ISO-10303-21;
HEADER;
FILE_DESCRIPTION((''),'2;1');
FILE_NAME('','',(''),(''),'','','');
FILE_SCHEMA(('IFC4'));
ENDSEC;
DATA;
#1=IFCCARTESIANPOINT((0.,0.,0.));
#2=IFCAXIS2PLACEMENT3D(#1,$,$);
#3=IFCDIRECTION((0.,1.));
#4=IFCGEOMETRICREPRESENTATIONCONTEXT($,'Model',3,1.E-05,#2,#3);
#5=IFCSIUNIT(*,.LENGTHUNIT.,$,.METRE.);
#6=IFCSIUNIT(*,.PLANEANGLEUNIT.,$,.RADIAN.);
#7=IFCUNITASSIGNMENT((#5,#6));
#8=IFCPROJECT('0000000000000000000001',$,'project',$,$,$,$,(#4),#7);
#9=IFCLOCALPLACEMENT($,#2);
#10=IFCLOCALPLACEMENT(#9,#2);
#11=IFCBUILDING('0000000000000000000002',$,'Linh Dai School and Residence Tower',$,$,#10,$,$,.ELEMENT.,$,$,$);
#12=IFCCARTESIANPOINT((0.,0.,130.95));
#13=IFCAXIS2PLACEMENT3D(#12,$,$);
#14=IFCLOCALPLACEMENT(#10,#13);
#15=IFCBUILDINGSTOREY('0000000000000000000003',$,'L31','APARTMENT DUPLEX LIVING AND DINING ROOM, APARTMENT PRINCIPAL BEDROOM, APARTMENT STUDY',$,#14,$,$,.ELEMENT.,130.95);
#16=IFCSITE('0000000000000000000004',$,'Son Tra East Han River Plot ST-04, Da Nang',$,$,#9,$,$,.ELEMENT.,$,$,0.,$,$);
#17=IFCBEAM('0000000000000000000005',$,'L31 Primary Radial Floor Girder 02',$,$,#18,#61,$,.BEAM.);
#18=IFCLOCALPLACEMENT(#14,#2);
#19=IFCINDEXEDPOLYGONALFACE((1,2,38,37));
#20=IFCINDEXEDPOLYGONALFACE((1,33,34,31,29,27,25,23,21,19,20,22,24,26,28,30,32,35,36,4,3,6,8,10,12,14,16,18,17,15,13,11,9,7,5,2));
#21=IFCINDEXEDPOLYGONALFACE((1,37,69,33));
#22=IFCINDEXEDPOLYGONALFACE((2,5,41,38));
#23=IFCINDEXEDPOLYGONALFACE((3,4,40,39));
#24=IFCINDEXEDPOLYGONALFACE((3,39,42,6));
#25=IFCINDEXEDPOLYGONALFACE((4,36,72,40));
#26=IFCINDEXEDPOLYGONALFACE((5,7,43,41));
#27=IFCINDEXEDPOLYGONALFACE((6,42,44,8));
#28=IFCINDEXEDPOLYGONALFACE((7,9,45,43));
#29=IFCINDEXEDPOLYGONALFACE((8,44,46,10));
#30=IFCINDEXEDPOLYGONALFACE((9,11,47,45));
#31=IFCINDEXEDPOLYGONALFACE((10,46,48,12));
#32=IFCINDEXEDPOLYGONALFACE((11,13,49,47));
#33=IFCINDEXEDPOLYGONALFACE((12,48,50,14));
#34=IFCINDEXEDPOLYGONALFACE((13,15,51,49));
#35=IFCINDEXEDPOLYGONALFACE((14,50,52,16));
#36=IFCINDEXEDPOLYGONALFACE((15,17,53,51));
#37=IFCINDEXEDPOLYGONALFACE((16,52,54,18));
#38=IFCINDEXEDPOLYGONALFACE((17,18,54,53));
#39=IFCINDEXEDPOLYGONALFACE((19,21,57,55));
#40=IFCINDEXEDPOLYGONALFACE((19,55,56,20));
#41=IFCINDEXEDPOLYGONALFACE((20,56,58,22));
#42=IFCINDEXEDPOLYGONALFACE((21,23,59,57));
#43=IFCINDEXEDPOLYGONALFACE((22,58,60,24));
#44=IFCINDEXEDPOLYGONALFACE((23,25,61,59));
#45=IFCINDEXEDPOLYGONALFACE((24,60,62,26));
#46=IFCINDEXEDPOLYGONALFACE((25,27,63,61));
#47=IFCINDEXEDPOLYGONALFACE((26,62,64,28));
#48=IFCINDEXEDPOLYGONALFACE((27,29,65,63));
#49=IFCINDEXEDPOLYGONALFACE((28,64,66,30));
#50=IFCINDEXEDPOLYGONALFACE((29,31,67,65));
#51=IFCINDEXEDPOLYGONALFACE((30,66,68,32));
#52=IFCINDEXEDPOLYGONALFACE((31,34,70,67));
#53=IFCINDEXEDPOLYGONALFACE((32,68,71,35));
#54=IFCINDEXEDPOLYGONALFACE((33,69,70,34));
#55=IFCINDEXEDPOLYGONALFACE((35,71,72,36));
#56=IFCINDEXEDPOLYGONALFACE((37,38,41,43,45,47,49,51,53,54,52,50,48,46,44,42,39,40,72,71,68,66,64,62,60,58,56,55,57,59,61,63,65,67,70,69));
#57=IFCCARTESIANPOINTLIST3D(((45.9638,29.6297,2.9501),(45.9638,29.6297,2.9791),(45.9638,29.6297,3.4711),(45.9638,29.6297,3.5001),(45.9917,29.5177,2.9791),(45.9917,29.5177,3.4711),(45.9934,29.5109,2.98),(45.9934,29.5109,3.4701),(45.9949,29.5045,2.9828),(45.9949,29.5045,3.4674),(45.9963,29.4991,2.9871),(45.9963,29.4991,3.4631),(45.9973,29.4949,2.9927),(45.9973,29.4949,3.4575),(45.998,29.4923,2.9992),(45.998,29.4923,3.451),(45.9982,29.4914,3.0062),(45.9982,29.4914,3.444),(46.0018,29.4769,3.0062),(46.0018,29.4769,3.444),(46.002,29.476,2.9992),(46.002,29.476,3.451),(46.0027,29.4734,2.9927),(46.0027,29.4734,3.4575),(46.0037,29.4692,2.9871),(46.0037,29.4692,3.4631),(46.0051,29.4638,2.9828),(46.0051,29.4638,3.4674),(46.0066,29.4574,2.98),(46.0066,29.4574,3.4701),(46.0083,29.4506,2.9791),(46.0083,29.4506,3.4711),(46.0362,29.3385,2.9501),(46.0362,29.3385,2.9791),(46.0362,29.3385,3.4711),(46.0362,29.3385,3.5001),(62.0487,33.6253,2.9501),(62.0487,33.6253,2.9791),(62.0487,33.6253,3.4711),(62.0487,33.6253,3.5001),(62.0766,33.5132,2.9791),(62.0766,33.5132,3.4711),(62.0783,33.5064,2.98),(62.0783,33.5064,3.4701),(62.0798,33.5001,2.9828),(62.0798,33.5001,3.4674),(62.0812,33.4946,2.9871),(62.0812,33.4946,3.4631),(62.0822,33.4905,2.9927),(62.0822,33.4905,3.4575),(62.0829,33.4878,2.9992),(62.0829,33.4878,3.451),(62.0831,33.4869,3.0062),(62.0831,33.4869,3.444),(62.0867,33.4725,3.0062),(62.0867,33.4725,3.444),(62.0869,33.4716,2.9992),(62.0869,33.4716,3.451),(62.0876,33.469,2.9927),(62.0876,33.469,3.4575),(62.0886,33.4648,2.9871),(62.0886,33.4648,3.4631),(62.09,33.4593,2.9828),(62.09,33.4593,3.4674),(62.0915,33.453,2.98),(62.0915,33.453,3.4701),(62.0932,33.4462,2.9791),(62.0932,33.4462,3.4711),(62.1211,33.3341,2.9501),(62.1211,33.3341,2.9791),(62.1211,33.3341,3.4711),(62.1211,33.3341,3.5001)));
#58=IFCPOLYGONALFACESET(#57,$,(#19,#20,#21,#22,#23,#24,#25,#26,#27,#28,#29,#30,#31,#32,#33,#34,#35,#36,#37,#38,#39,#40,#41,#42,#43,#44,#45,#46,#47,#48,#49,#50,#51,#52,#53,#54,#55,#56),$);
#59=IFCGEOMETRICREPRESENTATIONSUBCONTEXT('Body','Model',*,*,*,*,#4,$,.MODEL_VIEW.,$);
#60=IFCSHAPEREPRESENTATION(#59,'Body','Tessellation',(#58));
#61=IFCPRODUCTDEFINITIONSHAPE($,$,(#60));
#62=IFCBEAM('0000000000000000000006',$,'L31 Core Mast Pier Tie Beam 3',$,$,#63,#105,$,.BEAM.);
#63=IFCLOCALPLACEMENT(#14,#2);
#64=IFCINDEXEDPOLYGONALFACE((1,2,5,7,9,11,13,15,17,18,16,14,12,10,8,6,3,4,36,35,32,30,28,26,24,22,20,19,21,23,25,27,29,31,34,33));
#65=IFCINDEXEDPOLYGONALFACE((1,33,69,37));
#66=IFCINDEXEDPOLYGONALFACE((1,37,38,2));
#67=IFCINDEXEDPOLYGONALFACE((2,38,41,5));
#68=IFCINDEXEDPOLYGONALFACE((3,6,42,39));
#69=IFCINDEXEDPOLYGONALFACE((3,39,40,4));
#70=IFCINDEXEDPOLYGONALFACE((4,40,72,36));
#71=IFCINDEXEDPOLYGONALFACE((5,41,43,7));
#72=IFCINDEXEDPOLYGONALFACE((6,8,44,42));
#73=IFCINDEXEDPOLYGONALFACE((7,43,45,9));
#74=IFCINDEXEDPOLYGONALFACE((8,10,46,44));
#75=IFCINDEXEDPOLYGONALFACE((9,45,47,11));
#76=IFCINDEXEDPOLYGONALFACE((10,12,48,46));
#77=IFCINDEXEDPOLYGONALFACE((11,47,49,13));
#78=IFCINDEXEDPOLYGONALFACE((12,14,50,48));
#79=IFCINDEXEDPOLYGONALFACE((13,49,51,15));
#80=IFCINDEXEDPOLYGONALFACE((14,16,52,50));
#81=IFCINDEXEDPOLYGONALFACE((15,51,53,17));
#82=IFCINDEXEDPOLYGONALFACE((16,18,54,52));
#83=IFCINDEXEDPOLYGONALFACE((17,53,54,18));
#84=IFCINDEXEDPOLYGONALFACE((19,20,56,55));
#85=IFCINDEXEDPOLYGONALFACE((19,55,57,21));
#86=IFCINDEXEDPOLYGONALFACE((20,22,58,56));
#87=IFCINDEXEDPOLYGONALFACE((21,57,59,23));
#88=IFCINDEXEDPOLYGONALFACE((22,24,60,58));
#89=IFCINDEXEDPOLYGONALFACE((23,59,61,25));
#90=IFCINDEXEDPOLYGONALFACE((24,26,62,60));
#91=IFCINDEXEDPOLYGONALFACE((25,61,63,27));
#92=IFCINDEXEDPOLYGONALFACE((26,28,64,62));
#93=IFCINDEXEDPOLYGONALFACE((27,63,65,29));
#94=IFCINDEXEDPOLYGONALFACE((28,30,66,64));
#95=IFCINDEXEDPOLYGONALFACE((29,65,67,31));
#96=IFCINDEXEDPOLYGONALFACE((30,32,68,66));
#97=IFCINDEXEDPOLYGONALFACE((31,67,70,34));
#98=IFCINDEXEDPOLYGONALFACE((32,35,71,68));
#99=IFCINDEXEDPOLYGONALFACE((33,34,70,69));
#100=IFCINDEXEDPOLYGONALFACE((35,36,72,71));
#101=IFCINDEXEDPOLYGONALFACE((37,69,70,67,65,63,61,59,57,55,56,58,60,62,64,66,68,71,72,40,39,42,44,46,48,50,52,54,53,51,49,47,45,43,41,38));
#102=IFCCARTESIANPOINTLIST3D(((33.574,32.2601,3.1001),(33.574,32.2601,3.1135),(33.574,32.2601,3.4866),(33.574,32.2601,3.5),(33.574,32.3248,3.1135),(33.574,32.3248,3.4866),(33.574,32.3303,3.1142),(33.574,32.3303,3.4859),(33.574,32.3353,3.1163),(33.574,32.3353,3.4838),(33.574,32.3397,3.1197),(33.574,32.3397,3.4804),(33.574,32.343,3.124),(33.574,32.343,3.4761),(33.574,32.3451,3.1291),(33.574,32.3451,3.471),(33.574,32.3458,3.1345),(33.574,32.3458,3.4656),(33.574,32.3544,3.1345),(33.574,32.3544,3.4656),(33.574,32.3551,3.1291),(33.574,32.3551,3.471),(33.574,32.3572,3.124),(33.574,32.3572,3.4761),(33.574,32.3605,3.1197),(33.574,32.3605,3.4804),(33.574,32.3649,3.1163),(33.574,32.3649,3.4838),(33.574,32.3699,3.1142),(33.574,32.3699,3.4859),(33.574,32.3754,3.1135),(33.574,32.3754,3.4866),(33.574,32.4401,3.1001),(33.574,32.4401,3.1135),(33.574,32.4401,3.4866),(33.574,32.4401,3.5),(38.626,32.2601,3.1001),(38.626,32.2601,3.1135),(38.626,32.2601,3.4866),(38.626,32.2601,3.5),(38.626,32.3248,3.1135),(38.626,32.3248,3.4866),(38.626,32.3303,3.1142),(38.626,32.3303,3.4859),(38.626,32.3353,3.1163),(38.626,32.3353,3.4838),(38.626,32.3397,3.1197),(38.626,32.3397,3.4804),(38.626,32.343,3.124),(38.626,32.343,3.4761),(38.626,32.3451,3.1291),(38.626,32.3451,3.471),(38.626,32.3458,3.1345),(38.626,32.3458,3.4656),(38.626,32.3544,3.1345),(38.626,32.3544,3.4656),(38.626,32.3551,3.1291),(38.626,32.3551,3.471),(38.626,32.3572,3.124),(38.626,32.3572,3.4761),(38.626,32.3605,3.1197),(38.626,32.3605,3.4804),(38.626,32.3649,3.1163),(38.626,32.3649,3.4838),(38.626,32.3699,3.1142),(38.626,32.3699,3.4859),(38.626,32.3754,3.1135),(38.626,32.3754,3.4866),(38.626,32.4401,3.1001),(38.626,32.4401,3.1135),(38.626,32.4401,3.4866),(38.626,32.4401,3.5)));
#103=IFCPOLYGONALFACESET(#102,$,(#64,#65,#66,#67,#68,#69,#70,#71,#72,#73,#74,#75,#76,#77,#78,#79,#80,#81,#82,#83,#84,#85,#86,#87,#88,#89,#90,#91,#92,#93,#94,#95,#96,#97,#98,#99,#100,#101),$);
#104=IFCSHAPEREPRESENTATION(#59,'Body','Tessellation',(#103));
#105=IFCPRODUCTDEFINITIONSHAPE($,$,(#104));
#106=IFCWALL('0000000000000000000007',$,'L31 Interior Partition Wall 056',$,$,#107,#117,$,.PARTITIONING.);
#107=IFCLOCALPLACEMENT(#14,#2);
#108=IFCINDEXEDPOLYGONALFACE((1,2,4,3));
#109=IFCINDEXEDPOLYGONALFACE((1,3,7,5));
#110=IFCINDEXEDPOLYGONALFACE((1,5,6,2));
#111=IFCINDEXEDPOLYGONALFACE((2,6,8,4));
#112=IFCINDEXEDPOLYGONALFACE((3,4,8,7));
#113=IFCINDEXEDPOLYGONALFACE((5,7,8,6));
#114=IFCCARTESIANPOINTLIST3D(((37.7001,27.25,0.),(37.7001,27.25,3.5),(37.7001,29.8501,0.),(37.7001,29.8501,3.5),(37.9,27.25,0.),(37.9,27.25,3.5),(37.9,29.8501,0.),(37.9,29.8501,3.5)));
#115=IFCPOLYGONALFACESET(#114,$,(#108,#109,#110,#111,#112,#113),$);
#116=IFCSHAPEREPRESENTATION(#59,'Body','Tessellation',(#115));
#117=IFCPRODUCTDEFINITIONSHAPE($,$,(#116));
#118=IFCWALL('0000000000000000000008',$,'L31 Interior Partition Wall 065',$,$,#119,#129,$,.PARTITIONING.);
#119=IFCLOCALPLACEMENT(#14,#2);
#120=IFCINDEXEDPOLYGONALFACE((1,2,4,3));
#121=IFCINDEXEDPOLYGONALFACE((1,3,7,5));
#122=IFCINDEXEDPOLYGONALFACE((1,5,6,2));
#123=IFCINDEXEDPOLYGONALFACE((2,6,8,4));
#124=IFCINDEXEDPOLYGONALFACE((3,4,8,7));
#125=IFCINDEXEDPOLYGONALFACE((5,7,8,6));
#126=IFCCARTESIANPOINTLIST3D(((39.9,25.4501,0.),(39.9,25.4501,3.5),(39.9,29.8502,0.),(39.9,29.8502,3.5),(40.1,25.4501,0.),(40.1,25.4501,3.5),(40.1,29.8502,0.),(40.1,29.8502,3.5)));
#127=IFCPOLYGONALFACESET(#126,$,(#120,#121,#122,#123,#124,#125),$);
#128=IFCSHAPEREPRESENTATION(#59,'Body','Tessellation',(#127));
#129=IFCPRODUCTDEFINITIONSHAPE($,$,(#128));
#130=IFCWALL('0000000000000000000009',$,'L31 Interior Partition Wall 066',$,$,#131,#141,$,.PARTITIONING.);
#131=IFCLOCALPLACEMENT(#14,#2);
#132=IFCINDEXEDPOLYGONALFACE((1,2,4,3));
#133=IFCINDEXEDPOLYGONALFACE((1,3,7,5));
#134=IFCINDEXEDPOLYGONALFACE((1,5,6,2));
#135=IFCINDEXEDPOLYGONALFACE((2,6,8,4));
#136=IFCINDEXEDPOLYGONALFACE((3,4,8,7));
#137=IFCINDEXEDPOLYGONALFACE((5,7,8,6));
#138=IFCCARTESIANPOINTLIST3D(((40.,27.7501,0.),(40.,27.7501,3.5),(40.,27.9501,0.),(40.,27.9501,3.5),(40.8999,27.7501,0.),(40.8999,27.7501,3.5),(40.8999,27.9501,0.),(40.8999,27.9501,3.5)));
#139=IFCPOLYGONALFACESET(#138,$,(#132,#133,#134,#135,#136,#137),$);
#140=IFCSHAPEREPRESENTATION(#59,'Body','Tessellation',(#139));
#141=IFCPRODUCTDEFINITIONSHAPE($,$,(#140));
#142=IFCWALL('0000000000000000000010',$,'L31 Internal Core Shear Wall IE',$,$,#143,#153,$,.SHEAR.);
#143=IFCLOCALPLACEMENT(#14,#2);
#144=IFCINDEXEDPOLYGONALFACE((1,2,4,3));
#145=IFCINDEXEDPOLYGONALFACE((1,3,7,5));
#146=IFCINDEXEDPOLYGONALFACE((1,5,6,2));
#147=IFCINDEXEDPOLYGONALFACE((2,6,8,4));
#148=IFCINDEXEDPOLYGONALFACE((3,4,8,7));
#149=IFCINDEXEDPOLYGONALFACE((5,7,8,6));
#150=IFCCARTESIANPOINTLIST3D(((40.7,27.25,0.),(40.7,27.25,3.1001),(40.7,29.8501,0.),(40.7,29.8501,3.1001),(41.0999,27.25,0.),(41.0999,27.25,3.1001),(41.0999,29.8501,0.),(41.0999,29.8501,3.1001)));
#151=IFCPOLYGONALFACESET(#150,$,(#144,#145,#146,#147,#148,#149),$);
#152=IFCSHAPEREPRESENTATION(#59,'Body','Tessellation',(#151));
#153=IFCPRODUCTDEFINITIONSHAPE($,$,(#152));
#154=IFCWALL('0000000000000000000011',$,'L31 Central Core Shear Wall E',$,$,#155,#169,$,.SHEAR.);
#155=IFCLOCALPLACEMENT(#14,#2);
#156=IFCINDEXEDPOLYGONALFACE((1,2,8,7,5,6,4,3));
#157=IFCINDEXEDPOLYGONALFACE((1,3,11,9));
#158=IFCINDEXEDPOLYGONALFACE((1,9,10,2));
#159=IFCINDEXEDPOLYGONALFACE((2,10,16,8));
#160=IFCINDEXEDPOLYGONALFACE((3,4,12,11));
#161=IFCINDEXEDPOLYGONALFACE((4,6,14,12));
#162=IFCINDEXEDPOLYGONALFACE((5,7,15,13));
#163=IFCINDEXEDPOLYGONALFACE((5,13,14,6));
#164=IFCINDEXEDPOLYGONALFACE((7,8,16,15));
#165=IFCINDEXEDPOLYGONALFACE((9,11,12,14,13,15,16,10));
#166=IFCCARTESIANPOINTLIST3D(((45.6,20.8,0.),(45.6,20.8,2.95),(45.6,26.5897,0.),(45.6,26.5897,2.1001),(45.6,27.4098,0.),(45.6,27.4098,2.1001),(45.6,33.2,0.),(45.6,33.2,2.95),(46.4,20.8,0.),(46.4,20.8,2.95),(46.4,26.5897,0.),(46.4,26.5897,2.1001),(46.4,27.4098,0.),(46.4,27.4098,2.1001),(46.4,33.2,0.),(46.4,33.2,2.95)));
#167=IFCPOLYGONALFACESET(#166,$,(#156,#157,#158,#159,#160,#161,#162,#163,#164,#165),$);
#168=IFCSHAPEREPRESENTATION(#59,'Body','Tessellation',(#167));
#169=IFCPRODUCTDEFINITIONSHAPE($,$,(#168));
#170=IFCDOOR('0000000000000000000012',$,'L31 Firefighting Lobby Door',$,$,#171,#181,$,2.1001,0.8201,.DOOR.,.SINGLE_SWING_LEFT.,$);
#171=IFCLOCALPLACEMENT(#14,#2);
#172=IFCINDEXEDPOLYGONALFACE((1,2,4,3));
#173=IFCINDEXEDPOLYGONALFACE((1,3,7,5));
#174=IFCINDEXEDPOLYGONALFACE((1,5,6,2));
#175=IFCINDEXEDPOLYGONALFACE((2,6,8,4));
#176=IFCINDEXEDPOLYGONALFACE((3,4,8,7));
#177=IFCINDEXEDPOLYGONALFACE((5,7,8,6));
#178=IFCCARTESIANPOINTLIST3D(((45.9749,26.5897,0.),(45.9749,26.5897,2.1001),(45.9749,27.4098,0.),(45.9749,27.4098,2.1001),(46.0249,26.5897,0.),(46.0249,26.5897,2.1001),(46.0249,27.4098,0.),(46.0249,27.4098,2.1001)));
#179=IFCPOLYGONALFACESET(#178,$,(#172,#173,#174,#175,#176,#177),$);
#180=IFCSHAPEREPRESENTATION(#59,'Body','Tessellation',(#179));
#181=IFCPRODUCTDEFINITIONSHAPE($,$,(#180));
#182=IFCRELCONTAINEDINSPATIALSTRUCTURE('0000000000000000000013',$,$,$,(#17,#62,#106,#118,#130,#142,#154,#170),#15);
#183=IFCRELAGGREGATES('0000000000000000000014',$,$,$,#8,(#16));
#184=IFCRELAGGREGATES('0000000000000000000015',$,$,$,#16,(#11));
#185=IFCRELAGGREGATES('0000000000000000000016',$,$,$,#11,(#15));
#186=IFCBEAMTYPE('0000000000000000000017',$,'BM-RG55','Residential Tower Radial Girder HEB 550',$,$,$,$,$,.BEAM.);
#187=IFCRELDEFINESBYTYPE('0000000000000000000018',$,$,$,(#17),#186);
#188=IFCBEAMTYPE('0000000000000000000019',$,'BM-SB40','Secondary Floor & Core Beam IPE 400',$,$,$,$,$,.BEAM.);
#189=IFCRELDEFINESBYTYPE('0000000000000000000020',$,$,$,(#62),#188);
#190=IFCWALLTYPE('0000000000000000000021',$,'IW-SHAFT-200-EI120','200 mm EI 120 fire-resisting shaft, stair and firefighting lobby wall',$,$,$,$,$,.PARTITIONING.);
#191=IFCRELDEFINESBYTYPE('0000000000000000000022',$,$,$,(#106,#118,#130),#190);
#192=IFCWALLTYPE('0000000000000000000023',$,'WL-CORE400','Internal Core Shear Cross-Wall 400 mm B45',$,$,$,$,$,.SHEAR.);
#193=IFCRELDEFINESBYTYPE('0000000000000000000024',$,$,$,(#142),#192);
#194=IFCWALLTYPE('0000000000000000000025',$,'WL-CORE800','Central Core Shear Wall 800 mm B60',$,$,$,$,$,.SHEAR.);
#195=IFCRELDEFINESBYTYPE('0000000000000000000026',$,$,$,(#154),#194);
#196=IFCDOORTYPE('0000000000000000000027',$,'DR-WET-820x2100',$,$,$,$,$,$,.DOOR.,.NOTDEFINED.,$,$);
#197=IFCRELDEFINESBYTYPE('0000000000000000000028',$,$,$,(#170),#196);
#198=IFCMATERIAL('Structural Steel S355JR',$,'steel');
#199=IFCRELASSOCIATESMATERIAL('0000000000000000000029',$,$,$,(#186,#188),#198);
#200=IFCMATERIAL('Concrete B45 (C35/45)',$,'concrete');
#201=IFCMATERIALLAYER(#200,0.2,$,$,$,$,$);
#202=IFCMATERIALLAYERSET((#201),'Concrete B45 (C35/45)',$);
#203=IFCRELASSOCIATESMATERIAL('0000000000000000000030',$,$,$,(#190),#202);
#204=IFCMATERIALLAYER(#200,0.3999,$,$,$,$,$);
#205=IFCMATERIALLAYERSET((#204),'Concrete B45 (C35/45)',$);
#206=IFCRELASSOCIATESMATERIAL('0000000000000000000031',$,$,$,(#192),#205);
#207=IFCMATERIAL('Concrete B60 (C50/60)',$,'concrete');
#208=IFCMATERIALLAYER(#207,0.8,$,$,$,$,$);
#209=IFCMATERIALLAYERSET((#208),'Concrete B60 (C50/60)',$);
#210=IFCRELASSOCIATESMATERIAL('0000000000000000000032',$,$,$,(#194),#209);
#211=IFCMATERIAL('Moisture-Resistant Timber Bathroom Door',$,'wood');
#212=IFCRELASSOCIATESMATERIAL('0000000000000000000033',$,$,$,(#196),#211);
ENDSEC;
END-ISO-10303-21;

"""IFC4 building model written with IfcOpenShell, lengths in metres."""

from ifc_helpers import new_model, si_unit, direction, frame, frame_2d, origin, origin_2d, place, context, subcontext, project, spatial, rectangle, i_section, extrude, source, transform, mapped, material, layer, layer_set, material_profile, profile_set, type_object, element, fill, save


model = new_model("IFC4")

# Units and contexts
model_context = context("Model", 3, precision=1e-05, world=origin(), true_north=direction((0.0, 1.0)))
body_context = subcontext(model_context, "Body", "Model", "MODEL_VIEW")
ifc_project = project(units=[si_unit("LENGTHUNIT", "METRE"), si_unit("PLANEANGLEUNIT", "RADIAN")], contexts=[model_context])

# Site, building, storey
site_placement = place(None, origin())
site = spatial("IfcSite", under=ifc_project, at=site_placement, Name="Son Tra East Han River Plot ST-04, Da Nang", CompositionType="ELEMENT", RefElevation=0.0)
building_placement = place(site_placement, origin())
building = spatial("IfcBuilding", under=site, at=building_placement, Name="Linh Dai School and Residence Tower", CompositionType="ELEMENT")
storey_placement = place(building_placement, frame((0.0, 0.0, 130.95)))
storey = spatial("IfcBuildingStorey", under=building, at=storey_placement, Name="L31", Description="APARTMENT DUPLEX LIVING AND DINING ROOM, APARTMENT PRINCIPAL BEDROOM, APARTMENT STUDY", CompositionType="ELEMENT", Elevation=130.95)

# Shared definitions
ifc_material_1 = material(Name="Structural Steel S355JR", Category="steel")

# Beams
ifc_material_profile_1 = material_profile(ifc_material_1, i_section(OverallWidth=0.3, OverallDepth=0.55, WebThickness=0.0149, FlangeThickness=0.0291, FilletRadius=0.0271, at=origin_2d()), Name="HEB 550")
ifc_profile_set_1 = profile_set([ifc_material_profile_1], Name="Structural Steel S355JR")
beam_type_1 = type_object("IfcBeamType", Name="BM-RG55", Description="Residential Tower Radial Girder HEB 550", PredefinedType="BEAM", material=ifc_profile_set_1)
beam_1_placement = place(storey_placement, frame((46.0, 29.4841, 3.2251), z_axis=(0.970505, 0.24108, 0.0), x_axis=(-0.24108, 0.970505, 0.0)))
element("IfcBeam", 1, at=beam_1_placement, inside=storey, type_object=beam_type_1, Name="L31 Primary Radial Floor Girder 02", PredefinedType="BEAM", context=body_context, shape_type="SweptSolid", body=[
    extrude(i_section(OverallWidth=0.3, OverallDepth=0.55, WebThickness=0.0149, FlangeThickness=0.0291, FilletRadius=0.0271, at=origin_2d()), origin(), (0.0, 0.0, 1.0), 16.5737),
])
ifc_material_profile_2 = material_profile(ifc_material_1, i_section(OverallWidth=0.1799, OverallDepth=0.3999, WebThickness=0.0085, FlangeThickness=0.0134, FilletRadius=0.021, at=origin_2d()), Name="IPE 400")
ifc_profile_set_2 = profile_set([ifc_material_profile_2], Name="Structural Steel S355JR")
beam_type_2 = type_object("IfcBeamType", Name="BM-SB40", Description="Secondary Floor & Core Beam IPE 400", PredefinedType="BEAM", material=ifc_profile_set_2)
beam_2_placement = place(storey_placement, frame((38.626, 32.3501, 3.3), z_axis=(-1.0, 0.0, 0.0), x_axis=(0.0, -1.0, 0.0)))
element("IfcBeam", 2, at=beam_2_placement, inside=storey, type_object=beam_type_2, Name="L31 Core Mast Pier Tie Beam 3", PredefinedType="BEAM", context=body_context, shape_type="SweptSolid", body=[
    extrude(i_section(OverallWidth=0.1799, OverallDepth=0.3999, WebThickness=0.0085, FlangeThickness=0.0134, FilletRadius=0.021, at=origin_2d()), origin(), (0.0, 0.0, 1.0), 5.052),
])

# Walls
ifc_material_2 = material(Name="Concrete B45 (C35/45)", Category="concrete")
ifc_layer_1 = layer(ifc_material_2, 0.2)
ifc_layer_set_1 = layer_set([ifc_layer_1], Name="Concrete B45 (C35/45)")
wall_type_1 = type_object("IfcWallType", Name="IW-SHAFT-200-EI120", Description="200 mm EI 120 fire-resisting shaft, stair and firefighting lobby wall", PredefinedType="PARTITIONING", material=ifc_layer_set_1)
wall_1_placement = place(storey_placement, frame((37.8, 27.25, 0.0), z_axis=(0.0, 0.0, 1.0), x_axis=(0.0, 1.0, 0.0)))
element("IfcWall", 3, at=wall_1_placement, inside=storey, type_object=wall_type_1, Name="L31 Interior Partition Wall 056", PredefinedType="PARTITIONING", context=body_context, shape_type="SweptSolid", body=[
    extrude(rectangle(XDim=2.6001, YDim=0.2, at=frame_2d((1.3, 0.0))), origin(), (0.0, 0.0, 1.0), 3.5),
])
wall_2_placement = place(storey_placement, frame((40.0, 25.45, 0.0), z_axis=(0.0, 0.0, 1.0), x_axis=(0.0, 1.0, 0.0)))
element("IfcWall", 4, at=wall_2_placement, inside=storey, type_object=wall_type_1, Name="L31 Interior Partition Wall 065", PredefinedType="PARTITIONING", context=body_context, shape_type="SweptSolid", body=[
    extrude(rectangle(XDim=4.4001, YDim=0.2, at=frame_2d((2.2002, 0.0))), origin(), (0.0, 0.0, 1.0), 3.5),
])
wall_3_placement = place(storey_placement, frame((40.0, 27.8501, 0.0), z_axis=(0.0, 0.0, 1.0), x_axis=(1.0, 0.0, 0.0)))
element("IfcWall", 5, at=wall_3_placement, inside=storey, type_object=wall_type_1, Name="L31 Interior Partition Wall 066", PredefinedType="PARTITIONING", context=body_context, shape_type="SweptSolid", body=[
    extrude(rectangle(XDim=0.8999, YDim=0.2, at=frame_2d((0.45, 0.0))), origin(), (0.0, 0.0, 1.0), 3.5),
])
ifc_layer_2 = layer(ifc_material_2, 0.3999)
ifc_layer_set_2 = layer_set([ifc_layer_2], Name="Concrete B45 (C35/45)")
wall_type_2 = type_object("IfcWallType", Name="WL-CORE400", Description="Internal Core Shear Cross-Wall 400 mm B45", PredefinedType="SHEAR", material=ifc_layer_set_2)
wall_4_placement = place(storey_placement, frame((40.8999, 27.25, 0.0), z_axis=(0.0, 0.0, 1.0), x_axis=(0.0, 1.0, 0.0)))
element("IfcWall", 6, at=wall_4_placement, inside=storey, type_object=wall_type_2, Name="L31 Internal Core Shear Wall IE", PredefinedType="SHEAR", context=body_context, shape_type="SweptSolid", body=[
    extrude(rectangle(XDim=2.6001, YDim=0.3999, at=frame_2d((1.3, 0.0))), origin(), (0.0, 0.0, 1.0), 3.1001),
])

# Wall, opening, door
ifc_material_3 = material(Name="Concrete B60 (C50/60)", Category="concrete")
ifc_layer_3 = layer(ifc_material_3, 0.8)
ifc_layer_set_3 = layer_set([ifc_layer_3], Name="Concrete B60 (C50/60)")
wall_type_3 = type_object("IfcWallType", Name="WL-CORE800", Description="Central Core Shear Wall 800 mm B60", PredefinedType="SHEAR", material=ifc_layer_set_3)
wall_5_placement = place(storey_placement, frame((46.0, 33.2, 0.0), z_axis=(0.0, 0.0, 1.0), x_axis=(0.0, -1.0, 0.0)))
wall_5 = element("IfcWall", 7, at=wall_5_placement, inside=storey, type_object=wall_type_3, Name="L31 Central Core Shear Wall E", PredefinedType="SHEAR", context=body_context, shape_type="SweptSolid", body=[
    extrude(rectangle(XDim=12.3999, YDim=0.8, at=frame_2d((6.2, 0.0))), origin(), (0.0, 0.0, 1.0), 2.95),
])
opening_placement = place(wall_5_placement, frame((5.79, 0.0, 0.0)))
opening = element("IfcOpeningElement", 8, at=opening_placement, cuts=wall_5, PredefinedType="OPENING", context=body_context, shape_type="SweptSolid", body=[
    extrude(rectangle(XDim=0.8201, YDim=2.1001, at=origin_2d()), frame((0.4102, 0.4102, 1.05), z_axis=(0.0, -1.0, 0.0), x_axis=(1.0, 0.0, 0.0)), (0.0, 0.0, 1.0), 0.8201),
])
ifc_material_4 = material(Name="Moisture-Resistant Timber Bathroom Door", Category="wood")
door_type = type_object("IfcDoorType", Name="DR-WET-820x2100", OperationType="NOTDEFINED", PredefinedType="DOOR", material=ifc_material_4)
shared_shape_1 = source(origin(), body_context, "Body", "SweptSolid", [
    extrude(rectangle(XDim=0.8201, YDim=2.1001, at=origin_2d()), frame((0.4102, 0.0249, 1.05), z_axis=(0.0, -1.0, 0.0), x_axis=(1.0, 0.0, 0.0)), (0.0, 0.0, 1.0), 0.05),
])
door_placement = place(opening_placement, origin())
door = element("IfcDoor", 9, at=door_placement, inside=storey, type_object=door_type, Name="L31 Firefighting Lobby Door", OperationType="SINGLE_SWING_LEFT", OverallHeight=2.1001, OverallWidth=0.8201, PredefinedType="DOOR", context=body_context, shape_type="MappedRepresentation", body=[
    mapped(shared_shape_1, transform((0.0, 0.0, 0.0), x_axis=(1.0, 0.0, 0.0), y_axis=(0.0, 1.0, 0.0), z_axis=(0.0, 0.0, 1.0), scale=1.0)),
])
fill(opening, door)

save(model, "model.ifc")
